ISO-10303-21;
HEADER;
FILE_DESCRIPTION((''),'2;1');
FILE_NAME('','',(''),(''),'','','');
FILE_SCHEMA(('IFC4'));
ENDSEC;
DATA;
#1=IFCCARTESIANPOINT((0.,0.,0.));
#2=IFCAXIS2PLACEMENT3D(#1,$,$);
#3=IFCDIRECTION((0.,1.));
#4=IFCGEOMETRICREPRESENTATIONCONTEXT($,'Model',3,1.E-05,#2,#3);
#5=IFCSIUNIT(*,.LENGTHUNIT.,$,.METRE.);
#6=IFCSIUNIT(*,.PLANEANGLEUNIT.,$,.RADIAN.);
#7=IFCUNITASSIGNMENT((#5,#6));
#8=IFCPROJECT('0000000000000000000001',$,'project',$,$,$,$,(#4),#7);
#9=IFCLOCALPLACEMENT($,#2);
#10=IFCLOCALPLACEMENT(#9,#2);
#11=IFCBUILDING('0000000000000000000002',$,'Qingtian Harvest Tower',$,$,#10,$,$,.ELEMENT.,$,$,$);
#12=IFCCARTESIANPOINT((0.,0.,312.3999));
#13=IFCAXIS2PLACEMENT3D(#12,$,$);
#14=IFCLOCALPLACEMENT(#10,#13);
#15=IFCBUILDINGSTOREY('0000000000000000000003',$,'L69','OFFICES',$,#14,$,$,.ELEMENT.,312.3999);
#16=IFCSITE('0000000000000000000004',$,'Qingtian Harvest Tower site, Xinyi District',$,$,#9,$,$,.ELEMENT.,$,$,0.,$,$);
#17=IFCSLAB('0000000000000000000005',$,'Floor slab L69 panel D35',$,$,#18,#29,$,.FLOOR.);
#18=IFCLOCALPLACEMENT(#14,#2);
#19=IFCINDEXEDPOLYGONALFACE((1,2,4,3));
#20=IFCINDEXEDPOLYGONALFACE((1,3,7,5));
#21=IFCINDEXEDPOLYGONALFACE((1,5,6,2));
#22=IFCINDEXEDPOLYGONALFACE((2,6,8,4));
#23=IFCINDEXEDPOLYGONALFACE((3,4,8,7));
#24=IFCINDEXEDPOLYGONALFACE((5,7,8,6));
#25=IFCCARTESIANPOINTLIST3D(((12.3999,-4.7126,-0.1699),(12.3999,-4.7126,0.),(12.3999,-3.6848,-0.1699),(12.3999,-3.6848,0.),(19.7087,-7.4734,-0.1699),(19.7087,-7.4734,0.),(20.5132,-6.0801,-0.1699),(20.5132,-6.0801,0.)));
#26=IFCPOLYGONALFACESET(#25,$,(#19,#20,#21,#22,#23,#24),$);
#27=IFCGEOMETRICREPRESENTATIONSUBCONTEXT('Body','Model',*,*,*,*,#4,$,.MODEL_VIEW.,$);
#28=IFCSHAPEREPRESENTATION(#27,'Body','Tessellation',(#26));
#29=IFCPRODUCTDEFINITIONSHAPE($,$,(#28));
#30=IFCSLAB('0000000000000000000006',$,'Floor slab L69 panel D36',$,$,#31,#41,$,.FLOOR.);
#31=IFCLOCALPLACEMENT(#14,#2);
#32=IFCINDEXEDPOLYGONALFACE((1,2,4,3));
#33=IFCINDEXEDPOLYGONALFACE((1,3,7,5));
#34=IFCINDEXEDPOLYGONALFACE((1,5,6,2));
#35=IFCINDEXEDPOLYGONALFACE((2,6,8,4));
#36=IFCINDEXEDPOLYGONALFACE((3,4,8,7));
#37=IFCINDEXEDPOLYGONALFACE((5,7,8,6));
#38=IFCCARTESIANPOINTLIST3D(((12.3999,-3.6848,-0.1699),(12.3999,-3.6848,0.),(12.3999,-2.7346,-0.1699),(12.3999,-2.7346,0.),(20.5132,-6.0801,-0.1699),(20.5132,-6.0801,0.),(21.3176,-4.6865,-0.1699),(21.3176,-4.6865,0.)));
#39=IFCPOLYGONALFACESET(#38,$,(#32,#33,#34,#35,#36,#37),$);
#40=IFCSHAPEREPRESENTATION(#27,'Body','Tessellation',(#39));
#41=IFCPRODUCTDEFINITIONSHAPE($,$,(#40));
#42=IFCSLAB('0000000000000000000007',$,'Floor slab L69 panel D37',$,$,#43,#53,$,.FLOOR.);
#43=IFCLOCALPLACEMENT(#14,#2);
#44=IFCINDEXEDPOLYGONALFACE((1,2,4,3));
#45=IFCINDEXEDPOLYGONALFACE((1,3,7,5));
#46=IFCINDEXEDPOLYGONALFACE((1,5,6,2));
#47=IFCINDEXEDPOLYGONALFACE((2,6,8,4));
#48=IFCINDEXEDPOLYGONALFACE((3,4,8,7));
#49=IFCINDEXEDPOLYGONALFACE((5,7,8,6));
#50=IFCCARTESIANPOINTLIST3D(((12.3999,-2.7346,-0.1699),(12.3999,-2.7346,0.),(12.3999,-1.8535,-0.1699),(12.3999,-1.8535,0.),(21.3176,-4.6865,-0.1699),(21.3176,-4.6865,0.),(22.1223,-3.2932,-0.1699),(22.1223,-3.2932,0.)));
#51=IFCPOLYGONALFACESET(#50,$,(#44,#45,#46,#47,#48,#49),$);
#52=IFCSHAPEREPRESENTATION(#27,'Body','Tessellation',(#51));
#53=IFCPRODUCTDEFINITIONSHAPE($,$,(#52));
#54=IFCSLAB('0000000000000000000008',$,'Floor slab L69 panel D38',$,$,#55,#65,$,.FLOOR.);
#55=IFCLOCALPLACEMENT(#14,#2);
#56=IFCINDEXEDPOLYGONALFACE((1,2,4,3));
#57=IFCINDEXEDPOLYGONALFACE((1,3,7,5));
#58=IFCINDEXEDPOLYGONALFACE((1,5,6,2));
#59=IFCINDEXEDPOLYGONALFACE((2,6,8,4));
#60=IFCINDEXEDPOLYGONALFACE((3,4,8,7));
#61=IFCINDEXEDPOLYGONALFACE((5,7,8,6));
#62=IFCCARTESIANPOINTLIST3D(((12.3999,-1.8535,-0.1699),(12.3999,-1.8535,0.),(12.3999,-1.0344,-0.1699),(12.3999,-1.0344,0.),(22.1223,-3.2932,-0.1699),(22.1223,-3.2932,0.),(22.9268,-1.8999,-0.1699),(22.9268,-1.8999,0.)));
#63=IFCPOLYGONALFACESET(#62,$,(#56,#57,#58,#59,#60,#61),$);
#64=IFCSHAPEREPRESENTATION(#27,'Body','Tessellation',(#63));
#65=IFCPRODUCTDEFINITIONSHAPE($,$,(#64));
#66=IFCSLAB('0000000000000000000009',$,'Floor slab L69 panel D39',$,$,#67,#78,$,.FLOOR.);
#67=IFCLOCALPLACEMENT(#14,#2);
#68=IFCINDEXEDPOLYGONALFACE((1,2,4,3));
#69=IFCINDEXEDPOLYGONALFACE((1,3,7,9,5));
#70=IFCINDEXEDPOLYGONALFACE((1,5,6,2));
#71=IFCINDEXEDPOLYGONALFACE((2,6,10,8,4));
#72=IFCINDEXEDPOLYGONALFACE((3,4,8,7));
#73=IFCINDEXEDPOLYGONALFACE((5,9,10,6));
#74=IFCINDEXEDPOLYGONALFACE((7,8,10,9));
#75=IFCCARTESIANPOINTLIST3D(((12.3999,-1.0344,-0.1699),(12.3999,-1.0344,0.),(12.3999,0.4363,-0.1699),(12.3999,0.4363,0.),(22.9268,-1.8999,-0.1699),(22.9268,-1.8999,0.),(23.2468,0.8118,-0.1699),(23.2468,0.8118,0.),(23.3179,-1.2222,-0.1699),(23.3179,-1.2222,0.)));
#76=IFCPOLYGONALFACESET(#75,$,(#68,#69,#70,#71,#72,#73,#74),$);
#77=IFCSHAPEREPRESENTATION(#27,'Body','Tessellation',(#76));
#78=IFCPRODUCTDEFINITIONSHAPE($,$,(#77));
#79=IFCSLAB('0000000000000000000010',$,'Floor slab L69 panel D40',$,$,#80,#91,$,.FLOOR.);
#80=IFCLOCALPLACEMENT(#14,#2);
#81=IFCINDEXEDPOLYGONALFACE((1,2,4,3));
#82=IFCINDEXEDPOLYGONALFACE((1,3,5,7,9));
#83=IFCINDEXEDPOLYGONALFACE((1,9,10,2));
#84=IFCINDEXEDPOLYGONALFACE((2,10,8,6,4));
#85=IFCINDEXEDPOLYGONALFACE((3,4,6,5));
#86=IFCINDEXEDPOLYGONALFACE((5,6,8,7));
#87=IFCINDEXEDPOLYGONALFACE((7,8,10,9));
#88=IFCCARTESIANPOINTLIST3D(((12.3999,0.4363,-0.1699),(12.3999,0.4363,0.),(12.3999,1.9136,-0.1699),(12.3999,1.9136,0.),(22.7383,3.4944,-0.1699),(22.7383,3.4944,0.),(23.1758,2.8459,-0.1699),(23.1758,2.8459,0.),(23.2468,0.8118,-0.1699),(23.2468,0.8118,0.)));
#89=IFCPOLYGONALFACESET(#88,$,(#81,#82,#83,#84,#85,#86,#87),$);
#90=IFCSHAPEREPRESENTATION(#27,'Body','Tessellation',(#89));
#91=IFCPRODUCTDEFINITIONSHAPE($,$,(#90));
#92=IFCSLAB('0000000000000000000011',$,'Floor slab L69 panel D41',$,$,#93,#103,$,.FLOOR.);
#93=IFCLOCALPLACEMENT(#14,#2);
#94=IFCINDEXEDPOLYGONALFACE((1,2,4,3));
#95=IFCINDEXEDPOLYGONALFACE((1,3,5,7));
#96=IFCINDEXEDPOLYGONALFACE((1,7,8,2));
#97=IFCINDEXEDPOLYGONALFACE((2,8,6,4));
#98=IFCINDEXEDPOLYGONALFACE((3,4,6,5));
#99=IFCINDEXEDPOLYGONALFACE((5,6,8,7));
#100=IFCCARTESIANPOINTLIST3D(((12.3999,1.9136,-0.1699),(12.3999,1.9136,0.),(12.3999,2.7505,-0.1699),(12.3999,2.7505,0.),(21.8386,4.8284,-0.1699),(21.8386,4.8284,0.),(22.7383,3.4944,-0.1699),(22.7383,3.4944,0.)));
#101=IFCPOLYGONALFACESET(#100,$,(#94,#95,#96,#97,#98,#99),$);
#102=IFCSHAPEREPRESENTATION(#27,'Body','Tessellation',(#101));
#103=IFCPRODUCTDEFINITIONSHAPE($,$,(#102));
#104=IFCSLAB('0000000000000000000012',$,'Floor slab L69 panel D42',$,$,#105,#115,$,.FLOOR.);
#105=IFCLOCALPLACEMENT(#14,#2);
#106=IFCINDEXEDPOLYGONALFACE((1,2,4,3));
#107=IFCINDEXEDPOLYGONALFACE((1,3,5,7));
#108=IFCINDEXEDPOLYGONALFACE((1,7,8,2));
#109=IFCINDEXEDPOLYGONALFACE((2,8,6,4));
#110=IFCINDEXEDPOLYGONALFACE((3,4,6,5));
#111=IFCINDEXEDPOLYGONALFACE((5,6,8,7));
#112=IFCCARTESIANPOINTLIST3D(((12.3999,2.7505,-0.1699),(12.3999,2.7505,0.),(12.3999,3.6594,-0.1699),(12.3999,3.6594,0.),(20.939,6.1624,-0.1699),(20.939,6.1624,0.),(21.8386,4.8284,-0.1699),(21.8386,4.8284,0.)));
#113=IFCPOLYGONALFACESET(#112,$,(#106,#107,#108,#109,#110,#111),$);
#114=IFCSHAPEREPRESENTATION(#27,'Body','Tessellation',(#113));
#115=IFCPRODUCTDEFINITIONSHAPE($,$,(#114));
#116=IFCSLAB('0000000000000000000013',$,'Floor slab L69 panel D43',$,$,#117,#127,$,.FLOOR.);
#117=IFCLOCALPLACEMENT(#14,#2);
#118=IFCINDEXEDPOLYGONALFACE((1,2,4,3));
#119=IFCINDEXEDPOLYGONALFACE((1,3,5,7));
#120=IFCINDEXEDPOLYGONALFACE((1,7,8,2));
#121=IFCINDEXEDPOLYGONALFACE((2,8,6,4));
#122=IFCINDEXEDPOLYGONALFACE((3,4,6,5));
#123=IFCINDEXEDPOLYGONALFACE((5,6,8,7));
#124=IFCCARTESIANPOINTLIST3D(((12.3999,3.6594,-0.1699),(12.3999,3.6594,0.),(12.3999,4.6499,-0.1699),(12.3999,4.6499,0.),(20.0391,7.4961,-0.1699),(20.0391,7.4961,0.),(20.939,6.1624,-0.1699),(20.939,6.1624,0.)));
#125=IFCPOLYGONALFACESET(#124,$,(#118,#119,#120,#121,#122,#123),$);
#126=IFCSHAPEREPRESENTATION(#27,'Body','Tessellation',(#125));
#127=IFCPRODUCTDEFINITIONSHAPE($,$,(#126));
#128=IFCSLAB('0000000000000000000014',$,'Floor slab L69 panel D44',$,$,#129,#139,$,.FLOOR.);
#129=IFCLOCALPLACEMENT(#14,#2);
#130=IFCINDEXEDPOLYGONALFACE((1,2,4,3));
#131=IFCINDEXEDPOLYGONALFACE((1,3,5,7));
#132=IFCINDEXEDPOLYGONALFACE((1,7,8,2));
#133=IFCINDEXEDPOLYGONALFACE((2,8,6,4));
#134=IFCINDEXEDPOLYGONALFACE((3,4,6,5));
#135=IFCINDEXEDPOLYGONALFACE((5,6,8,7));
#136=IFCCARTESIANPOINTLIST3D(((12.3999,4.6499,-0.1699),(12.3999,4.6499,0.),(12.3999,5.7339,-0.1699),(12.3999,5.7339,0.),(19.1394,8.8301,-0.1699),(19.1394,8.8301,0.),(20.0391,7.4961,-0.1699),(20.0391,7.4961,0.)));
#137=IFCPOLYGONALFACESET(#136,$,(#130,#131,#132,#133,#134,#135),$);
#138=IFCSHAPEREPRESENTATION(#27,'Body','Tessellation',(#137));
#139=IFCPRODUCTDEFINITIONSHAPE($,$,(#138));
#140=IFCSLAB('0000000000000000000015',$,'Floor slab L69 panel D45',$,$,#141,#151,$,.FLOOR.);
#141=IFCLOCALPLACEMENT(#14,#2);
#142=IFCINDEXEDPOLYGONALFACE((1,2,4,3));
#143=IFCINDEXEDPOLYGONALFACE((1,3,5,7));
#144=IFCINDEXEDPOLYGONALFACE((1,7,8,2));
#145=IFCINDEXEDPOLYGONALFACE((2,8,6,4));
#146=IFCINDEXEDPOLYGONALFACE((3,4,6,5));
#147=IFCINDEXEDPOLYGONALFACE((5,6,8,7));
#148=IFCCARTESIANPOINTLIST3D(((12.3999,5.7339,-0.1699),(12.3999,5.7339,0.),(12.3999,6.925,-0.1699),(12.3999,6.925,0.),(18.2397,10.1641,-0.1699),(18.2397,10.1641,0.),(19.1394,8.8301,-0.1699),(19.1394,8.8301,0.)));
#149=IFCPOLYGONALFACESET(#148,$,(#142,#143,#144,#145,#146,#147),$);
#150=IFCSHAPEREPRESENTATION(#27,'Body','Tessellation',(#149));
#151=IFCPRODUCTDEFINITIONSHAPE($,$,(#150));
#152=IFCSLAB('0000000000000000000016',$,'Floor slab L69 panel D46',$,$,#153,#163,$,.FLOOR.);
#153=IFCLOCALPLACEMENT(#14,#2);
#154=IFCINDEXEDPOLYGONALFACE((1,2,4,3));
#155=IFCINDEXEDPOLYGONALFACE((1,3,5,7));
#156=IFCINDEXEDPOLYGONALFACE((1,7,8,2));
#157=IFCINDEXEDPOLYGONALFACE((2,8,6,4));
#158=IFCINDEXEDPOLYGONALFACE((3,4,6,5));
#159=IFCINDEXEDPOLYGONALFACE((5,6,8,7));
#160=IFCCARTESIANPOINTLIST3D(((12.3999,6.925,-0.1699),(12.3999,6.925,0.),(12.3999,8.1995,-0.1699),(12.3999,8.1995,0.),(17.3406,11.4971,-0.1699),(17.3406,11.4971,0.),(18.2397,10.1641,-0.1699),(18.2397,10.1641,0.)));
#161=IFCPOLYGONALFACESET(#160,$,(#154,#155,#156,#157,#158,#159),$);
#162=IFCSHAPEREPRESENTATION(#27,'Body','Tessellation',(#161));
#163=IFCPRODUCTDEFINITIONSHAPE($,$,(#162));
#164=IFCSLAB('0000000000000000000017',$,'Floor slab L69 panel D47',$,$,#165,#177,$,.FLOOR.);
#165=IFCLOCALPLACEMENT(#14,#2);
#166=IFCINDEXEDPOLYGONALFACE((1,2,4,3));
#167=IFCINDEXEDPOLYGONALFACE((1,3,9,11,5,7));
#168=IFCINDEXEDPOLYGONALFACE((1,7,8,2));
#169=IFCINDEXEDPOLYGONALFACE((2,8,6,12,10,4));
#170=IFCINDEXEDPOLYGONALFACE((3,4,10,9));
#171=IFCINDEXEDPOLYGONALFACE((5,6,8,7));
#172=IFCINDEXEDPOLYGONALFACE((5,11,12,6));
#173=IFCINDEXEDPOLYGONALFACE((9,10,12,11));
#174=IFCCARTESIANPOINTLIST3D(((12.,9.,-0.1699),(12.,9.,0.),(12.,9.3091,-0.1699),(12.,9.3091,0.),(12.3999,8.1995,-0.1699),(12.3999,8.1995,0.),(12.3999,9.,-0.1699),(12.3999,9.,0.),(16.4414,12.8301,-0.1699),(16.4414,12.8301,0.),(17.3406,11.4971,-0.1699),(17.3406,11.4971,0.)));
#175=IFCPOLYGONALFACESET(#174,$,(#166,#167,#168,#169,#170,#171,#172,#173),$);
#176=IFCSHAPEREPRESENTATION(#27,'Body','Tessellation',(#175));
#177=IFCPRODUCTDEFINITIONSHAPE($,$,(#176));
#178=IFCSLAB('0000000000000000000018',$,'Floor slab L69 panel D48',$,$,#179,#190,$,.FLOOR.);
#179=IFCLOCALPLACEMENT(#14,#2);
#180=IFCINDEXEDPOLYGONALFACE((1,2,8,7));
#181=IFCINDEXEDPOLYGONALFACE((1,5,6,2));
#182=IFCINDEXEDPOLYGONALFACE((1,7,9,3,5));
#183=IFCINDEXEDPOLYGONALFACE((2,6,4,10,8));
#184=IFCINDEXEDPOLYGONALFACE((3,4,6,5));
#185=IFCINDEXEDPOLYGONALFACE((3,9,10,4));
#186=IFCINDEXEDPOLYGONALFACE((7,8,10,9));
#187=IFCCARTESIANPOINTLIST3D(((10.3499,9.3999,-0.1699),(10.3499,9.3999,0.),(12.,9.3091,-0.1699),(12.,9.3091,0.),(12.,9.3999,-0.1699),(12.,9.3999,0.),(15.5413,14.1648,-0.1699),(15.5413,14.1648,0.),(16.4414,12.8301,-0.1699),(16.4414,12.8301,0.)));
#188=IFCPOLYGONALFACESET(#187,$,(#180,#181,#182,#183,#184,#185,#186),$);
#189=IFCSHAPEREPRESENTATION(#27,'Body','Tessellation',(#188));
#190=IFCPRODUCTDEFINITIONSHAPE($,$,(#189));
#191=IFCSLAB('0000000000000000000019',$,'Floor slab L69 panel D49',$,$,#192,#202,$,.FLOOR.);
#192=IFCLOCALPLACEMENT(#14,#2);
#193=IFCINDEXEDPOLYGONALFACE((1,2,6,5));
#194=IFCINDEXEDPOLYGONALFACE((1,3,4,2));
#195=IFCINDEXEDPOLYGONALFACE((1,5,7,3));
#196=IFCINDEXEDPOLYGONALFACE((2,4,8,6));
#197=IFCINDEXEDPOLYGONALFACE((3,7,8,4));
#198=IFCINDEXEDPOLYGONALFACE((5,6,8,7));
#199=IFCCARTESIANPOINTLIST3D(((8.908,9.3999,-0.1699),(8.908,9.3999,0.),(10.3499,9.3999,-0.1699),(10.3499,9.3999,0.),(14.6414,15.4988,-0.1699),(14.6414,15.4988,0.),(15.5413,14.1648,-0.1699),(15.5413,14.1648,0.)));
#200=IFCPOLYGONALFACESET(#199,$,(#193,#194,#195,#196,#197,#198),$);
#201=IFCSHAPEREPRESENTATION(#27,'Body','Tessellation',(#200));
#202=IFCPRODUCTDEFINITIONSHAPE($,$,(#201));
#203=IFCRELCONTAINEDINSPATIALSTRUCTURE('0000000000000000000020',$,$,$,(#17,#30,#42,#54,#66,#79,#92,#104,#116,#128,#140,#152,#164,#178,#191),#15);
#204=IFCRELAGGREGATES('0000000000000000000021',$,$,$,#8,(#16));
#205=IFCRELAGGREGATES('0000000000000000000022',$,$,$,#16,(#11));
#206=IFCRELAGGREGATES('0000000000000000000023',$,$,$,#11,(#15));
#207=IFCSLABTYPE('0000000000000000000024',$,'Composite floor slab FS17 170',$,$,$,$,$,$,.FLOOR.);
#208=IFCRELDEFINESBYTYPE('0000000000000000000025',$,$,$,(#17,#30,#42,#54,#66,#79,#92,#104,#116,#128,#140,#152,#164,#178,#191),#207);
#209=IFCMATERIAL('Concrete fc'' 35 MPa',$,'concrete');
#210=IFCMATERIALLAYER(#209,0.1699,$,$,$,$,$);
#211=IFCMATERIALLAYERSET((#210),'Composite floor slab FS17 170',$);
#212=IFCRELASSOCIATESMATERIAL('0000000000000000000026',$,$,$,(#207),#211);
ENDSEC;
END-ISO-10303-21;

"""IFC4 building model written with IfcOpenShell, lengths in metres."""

from ifc_helpers import new_model, si_unit, direction, frame, origin, place, context, subcontext, project, spatial, polyline, outline, extrude, material, layer, layer_set, type_object, element, save


model = new_model("IFC4")

# Units and contexts
model_context = context("Model", 3, precision=1e-05, world=origin(), true_north=direction((0.0, 1.0)))
body_context = subcontext(model_context, "Body", "Model", "MODEL_VIEW")
ifc_project = project(units=[si_unit("LENGTHUNIT", "METRE"), si_unit("PLANEANGLEUNIT", "RADIAN")], contexts=[model_context])

# Site, building, storey
site_placement = place(None, origin())
site = spatial("IfcSite", under=ifc_project, at=site_placement, Name="Qingtian Harvest Tower site, Xinyi District", CompositionType="ELEMENT", RefElevation=0.0)
building_placement = place(site_placement, origin())
building = spatial("IfcBuilding", under=site, at=building_placement, Name="Qingtian Harvest Tower", CompositionType="ELEMENT")
storey_placement = place(building_placement, frame((0.0, 0.0, 312.3999)))
storey = spatial("IfcBuildingStorey", under=building, at=storey_placement, Name="L69", Description="OFFICES", CompositionType="ELEMENT", Elevation=312.3999)

# Slabs
ifc_material_1 = material(Name="Concrete fc' 35 MPa", Category="concrete")
ifc_layer_1 = layer(ifc_material_1, 0.1699)
ifc_layer_set_1 = layer_set([ifc_layer_1], Name="Composite floor slab FS17 170")
slab_type = type_object("IfcSlabType", Name="Composite floor slab FS17 170", PredefinedType="FLOOR", material=ifc_layer_set_1)
slab_1_placement = place(storey_placement, frame((0.0, 0.0, -0.1699)))
element("IfcSlab", 1, at=slab_1_placement, inside=storey, type_object=slab_type, Name="Floor slab L69 panel D35", PredefinedType="FLOOR", context=body_context, shape_type="SweptSolid", body=[
    extrude(outline(polyline([(12.3999, -3.6848), (20.5132, -6.0801), (19.7087, -7.4734), (12.3999, -4.7126), (12.3999, -3.6848)])), origin(), (0.0, 0.0, 1.0), 0.1699),
])
slab_2_placement = place(storey_placement, frame((0.0, 0.0, -0.1699)))
element("IfcSlab", 2, at=slab_2_placement, inside=storey, type_object=slab_type, Name="Floor slab L69 panel D36", PredefinedType="FLOOR", context=body_context, shape_type="SweptSolid", body=[
    extrude(outline(polyline([(12.3999, -2.7346), (21.3176, -4.6865), (20.5132, -6.0801), (12.3999, -3.6848), (12.3999, -2.7346)])), origin(), (0.0, 0.0, 1.0), 0.1699),
])
slab_3_placement = place(storey_placement, frame((0.0, 0.0, -0.1699)))
element("IfcSlab", 3, at=slab_3_placement, inside=storey, type_object=slab_type, Name="Floor slab L69 panel D37", PredefinedType="FLOOR", context=body_context, shape_type="SweptSolid", body=[
    extrude(outline(polyline([(12.3999, -1.8535), (22.1223, -3.2932), (21.3176, -4.6865), (12.3999, -2.7346), (12.3999, -1.8535)])), origin(), (0.0, 0.0, 1.0), 0.1699),
])
slab_4_placement = place(storey_placement, frame((0.0, 0.0, -0.1699)))
element("IfcSlab", 4, at=slab_4_placement, inside=storey, type_object=slab_type, Name="Floor slab L69 panel D38", PredefinedType="FLOOR", context=body_context, shape_type="SweptSolid", body=[
    extrude(outline(polyline([(12.3999, -1.0344), (22.9268, -1.8999), (22.1223, -3.2932), (12.3999, -1.8535), (12.3999, -1.0344)])), origin(), (0.0, 0.0, 1.0), 0.1699),
])
slab_5_placement = place(storey_placement, frame((0.0, 0.0, -0.1699)))
element("IfcSlab", 5, at=slab_5_placement, inside=storey, type_object=slab_type, Name="Floor slab L69 panel D39", PredefinedType="FLOOR", context=body_context, shape_type="SweptSolid", body=[
    extrude(outline(polyline([(12.3999, -1.0344), (12.3999, 0.4363), (23.2468, 0.8118), (23.3179, -1.2222), (22.9268, -1.8999), (12.3999, -1.0344)])), origin(), (0.0, 0.0, 1.0), 0.1699),
])
slab_6_placement = place(storey_placement, frame((0.0, 0.0, -0.1699)))
element("IfcSlab", 6, at=slab_6_placement, inside=storey, type_object=slab_type, Name="Floor slab L69 panel D40", PredefinedType="FLOOR", context=body_context, shape_type="SweptSolid", body=[
    extrude(outline(polyline([(12.3999, 0.4363), (12.3999, 1.9136), (22.7383, 3.4944), (23.1758, 2.8459), (23.2468, 0.8118), (12.3999, 0.4363)])), origin(), (0.0, 0.0, 1.0), 0.1699),
])
slab_7_placement = place(storey_placement, frame((0.0, 0.0, -0.1699)))
element("IfcSlab", 7, at=slab_7_placement, inside=storey, type_object=slab_type, Name="Floor slab L69 panel D41", PredefinedType="FLOOR", context=body_context, shape_type="SweptSolid", body=[
    extrude(outline(polyline([(12.3999, 2.7505), (21.8386, 4.8284), (22.7383, 3.4944), (12.3999, 1.9136), (12.3999, 2.7505)])), origin(), (0.0, 0.0, 1.0), 0.1699),
])
slab_8_placement = place(storey_placement, frame((0.0, 0.0, -0.1699)))
element("IfcSlab", 8, at=slab_8_placement, inside=storey, type_object=slab_type, Name="Floor slab L69 panel D42", PredefinedType="FLOOR", context=body_context, shape_type="SweptSolid", body=[
    extrude(outline(polyline([(12.3999, 3.6594), (20.939, 6.1624), (21.8386, 4.8284), (12.3999, 2.7505), (12.3999, 3.6594)])), origin(), (0.0, 0.0, 1.0), 0.1699),
])
slab_9_placement = place(storey_placement, frame((0.0, 0.0, -0.1699)))
element("IfcSlab", 9, at=slab_9_placement, inside=storey, type_object=slab_type, Name="Floor slab L69 panel D43", PredefinedType="FLOOR", context=body_context, shape_type="SweptSolid", body=[
    extrude(outline(polyline([(12.3999, 4.6499), (20.0391, 7.4961), (20.939, 6.1624), (12.3999, 3.6594), (12.3999, 4.6499)])), origin(), (0.0, 0.0, 1.0), 0.1699),
])
slab_10_placement = place(storey_placement, frame((0.0, 0.0, -0.1699)))
element("IfcSlab", 10, at=slab_10_placement, inside=storey, type_object=slab_type, Name="Floor slab L69 panel D44", PredefinedType="FLOOR", context=body_context, shape_type="SweptSolid", body=[
    extrude(outline(polyline([(12.3999, 5.7339), (19.1394, 8.8301), (20.0391, 7.4961), (12.3999, 4.6499), (12.3999, 5.7339)])), origin(), (0.0, 0.0, 1.0), 0.1699),
])
slab_11_placement = place(storey_placement, frame((0.0, 0.0, -0.1699)))
element("IfcSlab", 11, at=slab_11_placement, inside=storey, type_object=slab_type, Name="Floor slab L69 panel D45", PredefinedType="FLOOR", context=body_context, shape_type="SweptSolid", body=[
    extrude(outline(polyline([(12.3999, 6.925), (18.2397, 10.1641), (19.1394, 8.8301), (12.3999, 5.7339), (12.3999, 6.925)])), origin(), (0.0, 0.0, 1.0), 0.1699),
])
slab_12_placement = place(storey_placement, frame((0.0, 0.0, -0.1699)))
element("IfcSlab", 12, at=slab_12_placement, inside=storey, type_object=slab_type, Name="Floor slab L69 panel D46", PredefinedType="FLOOR", context=body_context, shape_type="SweptSolid", body=[
    extrude(outline(polyline([(12.3999, 8.1995), (17.3406, 11.4971), (18.2397, 10.1641), (12.3999, 6.925), (12.3999, 8.1995)])), origin(), (0.0, 0.0, 1.0), 0.1699),
])
slab_13_placement = place(storey_placement, frame((0.0, 0.0, -0.1699)))
element("IfcSlab", 13, at=slab_13_placement, inside=storey, type_object=slab_type, Name="Floor slab L69 panel D47", PredefinedType="FLOOR", context=body_context, shape_type="SweptSolid", body=[
    extrude(outline(polyline([(12.3999, 9.0), (12.0, 9.0), (12.0, 9.3091), (16.4414, 12.8301), (17.3406, 11.4971), (12.3999, 8.1995), (12.3999, 9.0)])), origin(), (0.0, 0.0, 1.0), 0.1699),
])
slab_14_placement = place(storey_placement, frame((0.0, 0.0, -0.1699)))
element("IfcSlab", 14, at=slab_14_placement, inside=storey, type_object=slab_type, Name="Floor slab L69 panel D48", PredefinedType="FLOOR", context=body_context, shape_type="SweptSolid", body=[
    extrude(outline(polyline([(12.0, 9.3999), (10.3499, 9.3999), (15.5413, 14.1648), (16.4414, 12.8301), (12.0, 9.3091), (12.0, 9.3999)])), origin(), (0.0, 0.0, 1.0), 0.1699),
])
slab_15_placement = place(storey_placement, frame((0.0, 0.0, -0.1699)))
element("IfcSlab", 15, at=slab_15_placement, inside=storey, type_object=slab_type, Name="Floor slab L69 panel D49", PredefinedType="FLOOR", context=body_context, shape_type="SweptSolid", body=[
    extrude(outline(polyline([(8.908, 9.3999), (14.6414, 15.4988), (15.5413, 14.1648), (10.3499, 9.3999), (8.908, 9.3999)])), origin(), (0.0, 0.0, 1.0), 0.1699),
])

save(model, "model.ifc")
